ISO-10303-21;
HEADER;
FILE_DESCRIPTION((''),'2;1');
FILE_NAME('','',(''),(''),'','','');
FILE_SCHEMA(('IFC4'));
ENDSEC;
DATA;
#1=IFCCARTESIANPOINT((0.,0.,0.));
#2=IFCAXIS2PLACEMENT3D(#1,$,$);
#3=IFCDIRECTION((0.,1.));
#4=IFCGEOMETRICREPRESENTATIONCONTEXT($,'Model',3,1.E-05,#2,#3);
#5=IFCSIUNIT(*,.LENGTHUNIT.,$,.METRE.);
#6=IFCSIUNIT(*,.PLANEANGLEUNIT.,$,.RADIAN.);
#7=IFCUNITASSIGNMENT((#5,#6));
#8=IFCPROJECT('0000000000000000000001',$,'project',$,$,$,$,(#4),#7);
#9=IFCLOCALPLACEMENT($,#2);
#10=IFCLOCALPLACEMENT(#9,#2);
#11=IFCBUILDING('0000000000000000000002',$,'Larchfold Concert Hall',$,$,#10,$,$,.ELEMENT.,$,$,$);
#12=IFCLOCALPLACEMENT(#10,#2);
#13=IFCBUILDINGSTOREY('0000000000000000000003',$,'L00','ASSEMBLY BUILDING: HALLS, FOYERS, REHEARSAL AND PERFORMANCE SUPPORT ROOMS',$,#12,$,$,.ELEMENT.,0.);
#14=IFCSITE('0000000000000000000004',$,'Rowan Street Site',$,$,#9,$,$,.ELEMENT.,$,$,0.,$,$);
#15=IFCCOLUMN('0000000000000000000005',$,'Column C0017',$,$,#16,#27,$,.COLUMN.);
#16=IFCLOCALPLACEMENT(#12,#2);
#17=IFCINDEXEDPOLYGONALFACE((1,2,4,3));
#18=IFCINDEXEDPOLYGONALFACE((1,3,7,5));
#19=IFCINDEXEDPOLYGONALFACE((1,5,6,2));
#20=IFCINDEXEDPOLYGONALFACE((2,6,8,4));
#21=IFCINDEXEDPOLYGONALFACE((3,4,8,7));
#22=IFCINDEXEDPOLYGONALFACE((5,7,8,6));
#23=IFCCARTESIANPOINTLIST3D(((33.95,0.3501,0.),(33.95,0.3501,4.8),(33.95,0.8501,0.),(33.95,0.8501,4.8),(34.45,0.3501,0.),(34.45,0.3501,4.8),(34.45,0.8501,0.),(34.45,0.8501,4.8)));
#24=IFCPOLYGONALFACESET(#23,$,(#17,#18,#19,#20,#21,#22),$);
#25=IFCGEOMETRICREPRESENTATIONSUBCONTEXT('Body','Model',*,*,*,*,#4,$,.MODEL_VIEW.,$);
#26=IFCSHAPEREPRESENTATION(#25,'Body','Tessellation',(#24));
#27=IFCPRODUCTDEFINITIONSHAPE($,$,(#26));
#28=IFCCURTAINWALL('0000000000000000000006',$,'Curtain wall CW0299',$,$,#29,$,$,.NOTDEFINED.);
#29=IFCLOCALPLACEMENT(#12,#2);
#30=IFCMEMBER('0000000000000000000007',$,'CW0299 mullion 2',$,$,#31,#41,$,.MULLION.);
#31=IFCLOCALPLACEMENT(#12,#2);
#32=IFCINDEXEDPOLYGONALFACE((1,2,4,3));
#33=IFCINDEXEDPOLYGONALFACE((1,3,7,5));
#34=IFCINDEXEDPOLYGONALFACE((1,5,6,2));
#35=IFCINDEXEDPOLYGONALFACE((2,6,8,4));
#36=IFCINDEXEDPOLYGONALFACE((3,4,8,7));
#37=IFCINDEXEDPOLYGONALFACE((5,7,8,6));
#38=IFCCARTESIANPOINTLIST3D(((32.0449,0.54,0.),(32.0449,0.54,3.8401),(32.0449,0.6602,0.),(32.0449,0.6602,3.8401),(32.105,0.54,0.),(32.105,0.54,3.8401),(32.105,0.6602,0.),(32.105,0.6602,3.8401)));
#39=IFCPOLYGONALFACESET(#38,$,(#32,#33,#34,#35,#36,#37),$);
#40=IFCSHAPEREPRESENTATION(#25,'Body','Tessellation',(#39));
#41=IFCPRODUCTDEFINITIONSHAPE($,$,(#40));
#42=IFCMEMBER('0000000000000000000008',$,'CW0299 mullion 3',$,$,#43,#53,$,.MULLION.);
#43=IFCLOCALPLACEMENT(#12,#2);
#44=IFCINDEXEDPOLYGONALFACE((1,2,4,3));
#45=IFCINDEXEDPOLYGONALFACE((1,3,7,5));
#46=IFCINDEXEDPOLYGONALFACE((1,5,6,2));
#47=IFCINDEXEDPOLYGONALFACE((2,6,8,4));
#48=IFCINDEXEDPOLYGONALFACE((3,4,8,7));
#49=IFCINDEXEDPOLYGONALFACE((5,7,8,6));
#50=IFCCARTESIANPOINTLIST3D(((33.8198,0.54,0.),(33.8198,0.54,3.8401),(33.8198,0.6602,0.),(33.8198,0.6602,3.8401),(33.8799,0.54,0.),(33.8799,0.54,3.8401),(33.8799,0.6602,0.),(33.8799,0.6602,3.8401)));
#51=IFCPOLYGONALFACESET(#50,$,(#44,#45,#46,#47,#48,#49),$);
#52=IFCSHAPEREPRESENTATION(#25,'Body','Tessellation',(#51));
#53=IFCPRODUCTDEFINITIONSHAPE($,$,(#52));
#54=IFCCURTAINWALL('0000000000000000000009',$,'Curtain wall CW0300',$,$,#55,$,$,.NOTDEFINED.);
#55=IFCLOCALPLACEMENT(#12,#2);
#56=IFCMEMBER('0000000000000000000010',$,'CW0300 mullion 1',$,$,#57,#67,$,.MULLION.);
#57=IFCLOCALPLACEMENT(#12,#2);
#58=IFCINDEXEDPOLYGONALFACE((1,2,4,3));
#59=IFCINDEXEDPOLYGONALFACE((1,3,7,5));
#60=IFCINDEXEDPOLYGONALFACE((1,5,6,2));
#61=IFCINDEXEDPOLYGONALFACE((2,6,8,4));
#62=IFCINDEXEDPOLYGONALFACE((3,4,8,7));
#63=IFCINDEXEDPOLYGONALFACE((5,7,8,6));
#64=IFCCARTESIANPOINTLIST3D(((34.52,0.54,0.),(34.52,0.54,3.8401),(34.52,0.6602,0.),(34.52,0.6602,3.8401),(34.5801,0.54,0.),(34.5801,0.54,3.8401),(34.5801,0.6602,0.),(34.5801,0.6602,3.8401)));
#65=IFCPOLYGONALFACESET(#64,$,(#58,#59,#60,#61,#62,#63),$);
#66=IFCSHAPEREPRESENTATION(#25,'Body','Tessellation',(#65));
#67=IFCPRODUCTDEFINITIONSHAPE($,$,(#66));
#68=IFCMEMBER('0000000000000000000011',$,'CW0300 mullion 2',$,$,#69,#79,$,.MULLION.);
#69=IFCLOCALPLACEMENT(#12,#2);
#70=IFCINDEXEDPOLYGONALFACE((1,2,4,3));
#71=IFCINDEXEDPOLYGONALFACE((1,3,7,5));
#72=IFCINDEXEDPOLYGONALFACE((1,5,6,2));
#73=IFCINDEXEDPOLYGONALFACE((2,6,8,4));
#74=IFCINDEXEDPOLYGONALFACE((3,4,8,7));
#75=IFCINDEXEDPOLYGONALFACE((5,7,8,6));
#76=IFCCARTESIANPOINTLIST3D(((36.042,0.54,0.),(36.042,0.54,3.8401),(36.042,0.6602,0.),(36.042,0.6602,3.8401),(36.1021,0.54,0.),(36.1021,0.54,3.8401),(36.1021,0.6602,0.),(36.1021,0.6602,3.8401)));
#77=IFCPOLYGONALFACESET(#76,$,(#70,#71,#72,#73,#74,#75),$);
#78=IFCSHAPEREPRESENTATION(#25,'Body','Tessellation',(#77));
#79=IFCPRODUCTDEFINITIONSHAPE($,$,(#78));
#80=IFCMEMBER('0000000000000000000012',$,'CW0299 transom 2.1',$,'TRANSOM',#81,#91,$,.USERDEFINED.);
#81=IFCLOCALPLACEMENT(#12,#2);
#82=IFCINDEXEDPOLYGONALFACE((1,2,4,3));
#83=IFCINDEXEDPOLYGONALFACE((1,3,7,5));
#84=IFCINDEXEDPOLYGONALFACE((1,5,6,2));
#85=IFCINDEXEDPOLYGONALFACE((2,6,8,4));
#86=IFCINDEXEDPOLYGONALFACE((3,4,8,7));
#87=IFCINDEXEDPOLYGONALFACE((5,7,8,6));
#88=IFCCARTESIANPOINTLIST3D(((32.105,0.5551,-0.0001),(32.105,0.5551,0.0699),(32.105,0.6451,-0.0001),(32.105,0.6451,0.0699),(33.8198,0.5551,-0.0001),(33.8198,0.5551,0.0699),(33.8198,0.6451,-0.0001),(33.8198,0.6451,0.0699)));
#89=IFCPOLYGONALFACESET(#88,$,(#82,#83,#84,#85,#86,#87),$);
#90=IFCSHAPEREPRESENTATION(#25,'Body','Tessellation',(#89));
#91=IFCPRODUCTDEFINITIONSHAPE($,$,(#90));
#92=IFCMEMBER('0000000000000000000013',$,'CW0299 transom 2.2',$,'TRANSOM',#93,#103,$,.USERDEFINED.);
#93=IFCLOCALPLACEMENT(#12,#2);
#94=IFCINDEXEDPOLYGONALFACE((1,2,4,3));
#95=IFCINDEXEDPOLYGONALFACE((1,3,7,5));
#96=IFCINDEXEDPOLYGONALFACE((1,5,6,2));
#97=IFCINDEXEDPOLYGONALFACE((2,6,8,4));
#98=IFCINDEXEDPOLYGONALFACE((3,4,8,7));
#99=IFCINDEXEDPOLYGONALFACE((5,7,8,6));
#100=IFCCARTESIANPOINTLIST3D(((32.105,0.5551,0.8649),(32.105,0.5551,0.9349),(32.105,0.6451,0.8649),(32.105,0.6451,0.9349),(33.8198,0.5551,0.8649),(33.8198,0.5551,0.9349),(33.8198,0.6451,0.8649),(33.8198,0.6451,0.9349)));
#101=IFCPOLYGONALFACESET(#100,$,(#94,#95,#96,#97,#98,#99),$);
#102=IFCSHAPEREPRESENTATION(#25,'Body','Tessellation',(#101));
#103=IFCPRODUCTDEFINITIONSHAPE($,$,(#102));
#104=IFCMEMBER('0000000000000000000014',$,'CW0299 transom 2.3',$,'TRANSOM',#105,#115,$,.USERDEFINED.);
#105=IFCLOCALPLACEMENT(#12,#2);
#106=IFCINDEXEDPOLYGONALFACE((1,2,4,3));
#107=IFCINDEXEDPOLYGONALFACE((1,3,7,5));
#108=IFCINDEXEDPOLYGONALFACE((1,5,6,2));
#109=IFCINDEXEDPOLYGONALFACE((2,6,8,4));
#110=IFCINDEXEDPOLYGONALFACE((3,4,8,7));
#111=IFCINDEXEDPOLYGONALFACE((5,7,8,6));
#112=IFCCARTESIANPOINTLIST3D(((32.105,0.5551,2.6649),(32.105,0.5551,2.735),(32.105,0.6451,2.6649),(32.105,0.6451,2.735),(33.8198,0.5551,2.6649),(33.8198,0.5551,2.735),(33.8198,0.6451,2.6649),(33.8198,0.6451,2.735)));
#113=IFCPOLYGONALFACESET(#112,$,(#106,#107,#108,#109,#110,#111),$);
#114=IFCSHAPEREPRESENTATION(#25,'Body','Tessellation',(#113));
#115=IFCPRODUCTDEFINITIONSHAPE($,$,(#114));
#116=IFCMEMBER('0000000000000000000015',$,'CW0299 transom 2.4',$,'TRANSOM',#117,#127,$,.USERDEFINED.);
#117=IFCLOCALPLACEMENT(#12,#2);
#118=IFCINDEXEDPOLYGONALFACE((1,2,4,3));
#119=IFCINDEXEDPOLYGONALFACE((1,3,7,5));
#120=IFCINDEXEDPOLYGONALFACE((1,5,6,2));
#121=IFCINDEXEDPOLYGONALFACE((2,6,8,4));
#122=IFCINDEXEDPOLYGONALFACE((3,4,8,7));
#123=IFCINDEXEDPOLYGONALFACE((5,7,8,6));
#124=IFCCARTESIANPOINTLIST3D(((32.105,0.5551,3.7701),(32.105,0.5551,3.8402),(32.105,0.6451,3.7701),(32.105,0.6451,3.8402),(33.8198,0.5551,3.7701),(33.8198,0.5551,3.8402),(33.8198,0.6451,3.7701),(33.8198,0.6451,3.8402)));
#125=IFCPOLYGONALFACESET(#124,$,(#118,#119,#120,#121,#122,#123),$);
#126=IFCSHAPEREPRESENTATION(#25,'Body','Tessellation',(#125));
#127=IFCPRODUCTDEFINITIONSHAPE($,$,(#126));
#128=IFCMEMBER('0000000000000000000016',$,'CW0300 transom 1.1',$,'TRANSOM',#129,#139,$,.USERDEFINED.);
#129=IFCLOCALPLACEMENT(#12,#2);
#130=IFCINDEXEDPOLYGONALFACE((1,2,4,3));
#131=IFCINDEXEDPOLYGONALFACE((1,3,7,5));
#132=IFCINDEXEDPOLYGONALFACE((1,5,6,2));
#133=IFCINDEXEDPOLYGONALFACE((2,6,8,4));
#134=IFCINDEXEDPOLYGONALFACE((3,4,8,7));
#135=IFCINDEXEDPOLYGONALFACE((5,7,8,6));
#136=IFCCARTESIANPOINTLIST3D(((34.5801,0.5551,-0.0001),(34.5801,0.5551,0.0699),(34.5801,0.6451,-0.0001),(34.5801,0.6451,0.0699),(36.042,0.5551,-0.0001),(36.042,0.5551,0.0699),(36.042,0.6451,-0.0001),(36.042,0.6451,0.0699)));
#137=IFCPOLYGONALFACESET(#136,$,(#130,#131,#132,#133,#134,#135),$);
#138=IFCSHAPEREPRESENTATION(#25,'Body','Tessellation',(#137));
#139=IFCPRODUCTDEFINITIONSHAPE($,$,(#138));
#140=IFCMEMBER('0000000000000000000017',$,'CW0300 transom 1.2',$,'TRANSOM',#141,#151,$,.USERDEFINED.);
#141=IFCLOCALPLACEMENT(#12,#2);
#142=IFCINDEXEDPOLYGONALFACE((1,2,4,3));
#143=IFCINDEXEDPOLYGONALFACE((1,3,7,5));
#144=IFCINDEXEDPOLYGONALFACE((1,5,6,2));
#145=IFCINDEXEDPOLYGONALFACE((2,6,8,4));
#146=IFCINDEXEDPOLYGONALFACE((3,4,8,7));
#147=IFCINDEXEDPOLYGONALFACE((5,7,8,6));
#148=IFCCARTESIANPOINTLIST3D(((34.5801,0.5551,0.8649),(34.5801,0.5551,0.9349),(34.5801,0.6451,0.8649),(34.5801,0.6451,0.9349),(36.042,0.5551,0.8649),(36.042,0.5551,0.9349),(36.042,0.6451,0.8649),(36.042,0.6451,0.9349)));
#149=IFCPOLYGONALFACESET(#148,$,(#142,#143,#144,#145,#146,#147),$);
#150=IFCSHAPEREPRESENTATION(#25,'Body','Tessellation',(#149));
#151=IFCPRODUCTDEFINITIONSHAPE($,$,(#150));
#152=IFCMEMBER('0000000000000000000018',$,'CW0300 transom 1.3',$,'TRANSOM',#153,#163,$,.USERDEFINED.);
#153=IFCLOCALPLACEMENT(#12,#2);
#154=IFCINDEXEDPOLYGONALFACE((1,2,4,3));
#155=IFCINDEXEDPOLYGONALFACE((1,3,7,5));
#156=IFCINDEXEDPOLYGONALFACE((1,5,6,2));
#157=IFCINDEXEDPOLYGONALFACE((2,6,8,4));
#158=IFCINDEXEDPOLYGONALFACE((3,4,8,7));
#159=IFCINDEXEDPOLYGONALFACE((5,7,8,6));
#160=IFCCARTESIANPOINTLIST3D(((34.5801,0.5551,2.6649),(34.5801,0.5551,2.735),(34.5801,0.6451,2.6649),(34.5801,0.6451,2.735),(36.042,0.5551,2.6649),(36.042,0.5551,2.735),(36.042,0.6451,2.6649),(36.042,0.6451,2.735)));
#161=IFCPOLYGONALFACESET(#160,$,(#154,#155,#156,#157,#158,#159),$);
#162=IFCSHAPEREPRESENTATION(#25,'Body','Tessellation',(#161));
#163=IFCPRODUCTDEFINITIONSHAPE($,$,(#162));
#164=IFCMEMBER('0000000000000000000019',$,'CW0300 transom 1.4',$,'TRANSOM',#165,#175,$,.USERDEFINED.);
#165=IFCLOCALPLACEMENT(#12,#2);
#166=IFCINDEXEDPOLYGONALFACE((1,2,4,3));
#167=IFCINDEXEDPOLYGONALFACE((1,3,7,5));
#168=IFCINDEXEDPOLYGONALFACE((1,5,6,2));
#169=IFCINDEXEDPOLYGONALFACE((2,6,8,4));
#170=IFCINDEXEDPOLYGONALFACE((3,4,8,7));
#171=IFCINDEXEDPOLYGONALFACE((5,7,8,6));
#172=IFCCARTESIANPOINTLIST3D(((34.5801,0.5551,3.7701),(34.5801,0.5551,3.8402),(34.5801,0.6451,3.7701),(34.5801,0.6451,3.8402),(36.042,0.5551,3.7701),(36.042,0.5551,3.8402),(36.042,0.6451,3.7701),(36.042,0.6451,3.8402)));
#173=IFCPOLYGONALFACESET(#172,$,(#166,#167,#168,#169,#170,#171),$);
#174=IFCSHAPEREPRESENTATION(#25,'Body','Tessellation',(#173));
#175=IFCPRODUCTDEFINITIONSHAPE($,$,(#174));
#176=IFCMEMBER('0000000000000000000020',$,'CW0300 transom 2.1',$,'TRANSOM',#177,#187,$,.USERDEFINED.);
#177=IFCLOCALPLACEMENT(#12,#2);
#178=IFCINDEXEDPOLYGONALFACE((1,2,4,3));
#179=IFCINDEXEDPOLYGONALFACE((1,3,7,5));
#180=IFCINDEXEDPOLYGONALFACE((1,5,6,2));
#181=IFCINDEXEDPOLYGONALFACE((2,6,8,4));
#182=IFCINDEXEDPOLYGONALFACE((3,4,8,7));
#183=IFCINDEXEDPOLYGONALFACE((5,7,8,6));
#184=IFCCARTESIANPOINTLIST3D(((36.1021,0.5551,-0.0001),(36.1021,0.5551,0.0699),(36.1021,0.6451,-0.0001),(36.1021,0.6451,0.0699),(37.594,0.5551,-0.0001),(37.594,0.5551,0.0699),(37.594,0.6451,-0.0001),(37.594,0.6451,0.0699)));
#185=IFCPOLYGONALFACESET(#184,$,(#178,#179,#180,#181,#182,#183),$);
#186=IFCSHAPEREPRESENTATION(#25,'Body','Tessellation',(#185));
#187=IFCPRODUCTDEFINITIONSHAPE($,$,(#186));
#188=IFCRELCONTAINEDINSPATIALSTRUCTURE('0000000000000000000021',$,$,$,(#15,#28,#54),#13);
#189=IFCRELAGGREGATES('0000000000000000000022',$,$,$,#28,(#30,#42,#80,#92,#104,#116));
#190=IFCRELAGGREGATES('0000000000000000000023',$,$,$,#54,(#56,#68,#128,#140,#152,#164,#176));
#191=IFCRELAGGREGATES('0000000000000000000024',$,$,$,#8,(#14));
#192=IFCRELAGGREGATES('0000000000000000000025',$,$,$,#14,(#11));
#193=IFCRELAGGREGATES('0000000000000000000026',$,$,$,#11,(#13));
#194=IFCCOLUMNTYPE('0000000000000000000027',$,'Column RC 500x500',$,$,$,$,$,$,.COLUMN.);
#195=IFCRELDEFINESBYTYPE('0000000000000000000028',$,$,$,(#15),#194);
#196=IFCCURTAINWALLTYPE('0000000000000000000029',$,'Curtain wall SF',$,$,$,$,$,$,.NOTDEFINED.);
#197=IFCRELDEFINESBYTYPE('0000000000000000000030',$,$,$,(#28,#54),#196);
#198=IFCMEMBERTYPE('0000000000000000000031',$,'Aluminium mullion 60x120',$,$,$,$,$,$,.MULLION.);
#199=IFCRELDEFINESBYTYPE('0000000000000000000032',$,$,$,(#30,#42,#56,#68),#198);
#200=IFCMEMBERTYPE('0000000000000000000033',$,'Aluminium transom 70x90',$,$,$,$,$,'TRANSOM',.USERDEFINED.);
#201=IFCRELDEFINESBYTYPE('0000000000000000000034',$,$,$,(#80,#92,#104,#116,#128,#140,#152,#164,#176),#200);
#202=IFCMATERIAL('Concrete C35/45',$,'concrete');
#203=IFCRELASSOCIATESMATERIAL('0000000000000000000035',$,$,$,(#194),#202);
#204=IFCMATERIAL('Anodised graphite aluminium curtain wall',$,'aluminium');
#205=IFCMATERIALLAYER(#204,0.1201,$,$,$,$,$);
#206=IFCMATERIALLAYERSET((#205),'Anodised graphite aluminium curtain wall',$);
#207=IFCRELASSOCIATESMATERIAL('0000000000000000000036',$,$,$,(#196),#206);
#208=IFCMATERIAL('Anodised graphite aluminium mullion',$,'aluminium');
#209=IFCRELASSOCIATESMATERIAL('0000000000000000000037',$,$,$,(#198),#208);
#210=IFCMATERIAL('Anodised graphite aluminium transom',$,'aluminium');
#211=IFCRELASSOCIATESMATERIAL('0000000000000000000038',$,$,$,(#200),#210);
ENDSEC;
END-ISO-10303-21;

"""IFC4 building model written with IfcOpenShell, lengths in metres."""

from ifc_helpers import new_model, si_unit, direction, frame, origin, origin_2d, place, context, subcontext, project, spatial, rectangle, extrude, material, layer, layer_set, material_profile, profile_set, type_object, element, aggregate, save


model = new_model("IFC4")

# Units and contexts
model_context = context("Model", 3, precision=1e-05, world=origin(), true_north=direction((0.0, 1.0)))
body_context = subcontext(model_context, "Body", "Model", "MODEL_VIEW")
ifc_project = project(units=[si_unit("LENGTHUNIT", "METRE"), si_unit("PLANEANGLEUNIT", "RADIAN")], contexts=[model_context])

# Site, building, storey
site_placement = place(None, origin())
site = spatial("IfcSite", under=ifc_project, at=site_placement, Name="Rowan Street Site", CompositionType="ELEMENT", RefElevation=0.0)
building_placement = place(site_placement, origin())
building = spatial("IfcBuilding", under=site, at=building_placement, Name="Larchfold Concert Hall", CompositionType="ELEMENT")
storey_placement = place(building_placement, origin())
storey = spatial("IfcBuildingStorey", under=building, at=storey_placement, Name="L00", Description="ASSEMBLY BUILDING: HALLS, FOYERS, REHEARSAL AND PERFORMANCE SUPPORT ROOMS", CompositionType="ELEMENT", Elevation=0.0)

# Column
ifc_material_1 = material(Name="Concrete C35/45", Category="concrete")
ifc_material_profile_1 = material_profile(ifc_material_1, rectangle(XDim=0.5, YDim=0.5, at=origin_2d()))
ifc_profile_set_1 = profile_set([ifc_material_profile_1], Name="Concrete C35/45")
column_type = type_object("IfcColumnType", Name="Column RC 500x500", PredefinedType="COLUMN", material=ifc_profile_set_1)
column_placement = place(storey_placement, frame((34.2, 0.6001, 0.0), z_axis=(0.0, 0.0, 1.0), x_axis=(1.0, 0.0, 0.0)))
element("IfcColumn", 1, at=column_placement, inside=storey, type_object=column_type, Name="Column C0017", PredefinedType="COLUMN", context=body_context, shape_type="SweptSolid", body=[
    extrude(rectangle(XDim=0.5, YDim=0.5, at=origin_2d()), origin(), (0.0, 0.0, 1.0), 4.8),
])

# Curtain walls, members
ifc_material_2 = material(Name="Anodised graphite aluminium curtain wall", Category="aluminium")
ifc_layer_1 = layer(ifc_material_2, 0.1201)
ifc_layer_set_1 = layer_set([ifc_layer_1], Name="Anodised graphite aluminium curtain wall")
curtain_wall_type = type_object("IfcCurtainWallType", Name="Curtain wall SF", PredefinedType="NOTDEFINED", material=ifc_layer_set_1)
curtain_wall_1_placement = place(storey_placement, origin())
curtain_wall_1 = element("IfcCurtainWall", 2, at=curtain_wall_1_placement, inside=storey, type_object=curtain_wall_type, Name="Curtain wall CW0299", PredefinedType="NOTDEFINED")
ifc_material_3 = material(Name="Anodised graphite aluminium mullion", Category="aluminium")
ifc_material_profile_2 = material_profile(ifc_material_3, rectangle(XDim=0.1201, YDim=0.0601, at=origin_2d()))
ifc_profile_set_2 = profile_set([ifc_material_profile_2], Name="Anodised graphite aluminium mullion")
member_type_1 = type_object("IfcMemberType", Name="Aluminium mullion 60x120", PredefinedType="MULLION", material=ifc_profile_set_2)
member_1_placement = place(storey_placement, frame((32.075, 0.6001, 0.0), z_axis=(0.0, 0.0, 1.0), x_axis=(0.0, 1.0, 0.0)))
member_1 = element("IfcMember", 3, at=member_1_placement, type_object=member_type_1, Name="CW0299 mullion 2", PredefinedType="MULLION", context=body_context, shape_type="SweptSolid", body=[
    extrude(rectangle(XDim=0.1201, YDim=0.0601, at=origin_2d()), origin(), (0.0, 0.0, 1.0), 3.8401),
])
member_2_placement = place(storey_placement, frame((33.8499, 0.6001, 0.0), z_axis=(0.0, 0.0, 1.0), x_axis=(0.0, 1.0, 0.0)))
member_2 = element("IfcMember", 4, at=member_2_placement, type_object=member_type_1, Name="CW0299 mullion 3", PredefinedType="MULLION", context=body_context, shape_type="SweptSolid", body=[
    extrude(rectangle(XDim=0.1201, YDim=0.0601, at=origin_2d()), origin(), (0.0, 0.0, 1.0), 3.8401),
])
curtain_wall_2_placement = place(storey_placement, origin())
curtain_wall_2 = element("IfcCurtainWall", 5, at=curtain_wall_2_placement, inside=storey, type_object=curtain_wall_type, Name="Curtain wall CW0300", PredefinedType="NOTDEFINED")
member_3_placement = place(storey_placement, frame((34.55, 0.6001, 0.0), z_axis=(0.0, 0.0, 1.0), x_axis=(0.0, 1.0, 0.0)))
member_3 = element("IfcMember", 6, at=member_3_placement, type_object=member_type_1, Name="CW0300 mullion 1", PredefinedType="MULLION", context=body_context, shape_type="SweptSolid", body=[
    extrude(rectangle(XDim=0.1201, YDim=0.0601, at=origin_2d()), origin(), (0.0, 0.0, 1.0), 3.8401),
])
member_4_placement = place(storey_placement, frame((36.072, 0.6001, 0.0), z_axis=(0.0, 0.0, 1.0), x_axis=(0.0, 1.0, 0.0)))
member_4 = element("IfcMember", 7, at=member_4_placement, type_object=member_type_1, Name="CW0300 mullion 2", PredefinedType="MULLION", context=body_context, shape_type="SweptSolid", body=[
    extrude(rectangle(XDim=0.1201, YDim=0.0601, at=origin_2d()), origin(), (0.0, 0.0, 1.0), 3.8401),
])

# Members
ifc_material_4 = material(Name="Anodised graphite aluminium transom", Category="aluminium")
ifc_material_profile_3 = material_profile(ifc_material_4, rectangle(XDim=0.0901, YDim=0.0701, at=origin_2d()))
ifc_profile_set_3 = profile_set([ifc_material_profile_3], Name="Anodised graphite aluminium transom")
member_type_2 = type_object("IfcMemberType", Name="Aluminium transom 70x90", ElementType="TRANSOM", PredefinedType="USERDEFINED", material=ifc_profile_set_3)
member_5_placement = place(storey_placement, frame((32.105, 0.6001, 0.0349), z_axis=(1.0, 0.0, 0.0), x_axis=(0.0, 1.0, 0.0)))
member_5 = element("IfcMember", 8, at=member_5_placement, type_object=member_type_2, Name="CW0299 transom 2.1", ObjectType="TRANSOM", PredefinedType="USERDEFINED", context=body_context, shape_type="SweptSolid", body=[
    extrude(rectangle(XDim=0.0901, YDim=0.0701, at=origin_2d()), origin(), (0.0, 0.0, 1.0), 1.7148),
])
member_6_placement = place(storey_placement, frame((32.105, 0.6001, 0.8999), z_axis=(1.0, 0.0, 0.0), x_axis=(0.0, 1.0, 0.0)))
member_6 = element("IfcMember", 9, at=member_6_placement, type_object=member_type_2, Name="CW0299 transom 2.2", ObjectType="TRANSOM", PredefinedType="USERDEFINED", context=body_context, shape_type="SweptSolid", body=[
    extrude(rectangle(XDim=0.0901, YDim=0.0701, at=origin_2d()), origin(), (0.0, 0.0, 1.0), 1.7148),
])
member_7_placement = place(storey_placement, frame((32.105, 0.6001, 2.7), z_axis=(1.0, 0.0, 0.0), x_axis=(0.0, 1.0, 0.0)))
member_7 = element("IfcMember", 10, at=member_7_placement, type_object=member_type_2, Name="CW0299 transom 2.3", ObjectType="TRANSOM", PredefinedType="USERDEFINED", context=body_context, shape_type="SweptSolid", body=[
    extrude(rectangle(XDim=0.0901, YDim=0.0701, at=origin_2d()), origin(), (0.0, 0.0, 1.0), 1.7148),
])
member_8_placement = place(storey_placement, frame((32.105, 0.6001, 3.8052), z_axis=(1.0, 0.0, 0.0), x_axis=(0.0, 1.0, 0.0)))
member_8 = element("IfcMember", 11, at=member_8_placement, type_object=member_type_2, Name="CW0299 transom 2.4", ObjectType="TRANSOM", PredefinedType="USERDEFINED", context=body_context, shape_type="SweptSolid", body=[
    extrude(rectangle(XDim=0.0901, YDim=0.0701, at=origin_2d()), origin(), (0.0, 0.0, 1.0), 1.7148),
])
member_9_placement = place(storey_placement, frame((34.5801, 0.6001, 0.0349), z_axis=(1.0, 0.0, 0.0), x_axis=(0.0, 1.0, 0.0)))
member_9 = element("IfcMember", 12, at=member_9_placement, type_object=member_type_2, Name="CW0300 transom 1.1", ObjectType="TRANSOM", PredefinedType="USERDEFINED", context=body_context, shape_type="SweptSolid", body=[
    extrude(rectangle(XDim=0.0901, YDim=0.0701, at=origin_2d()), origin(), (0.0, 0.0, 1.0), 1.4619),
])
member_10_placement = place(storey_placement, frame((34.5801, 0.6001, 0.8999), z_axis=(1.0, 0.0, 0.0), x_axis=(0.0, 1.0, 0.0)))
member_10 = element("IfcMember", 13, at=member_10_placement, type_object=member_type_2, Name="CW0300 transom 1.2", ObjectType="TRANSOM", PredefinedType="USERDEFINED", context=body_context, shape_type="SweptSolid", body=[
    extrude(rectangle(XDim=0.0901, YDim=0.0701, at=origin_2d()), origin(), (0.0, 0.0, 1.0), 1.4619),
])
member_11_placement = place(storey_placement, frame((34.5801, 0.6001, 2.7), z_axis=(1.0, 0.0, 0.0), x_axis=(0.0, 1.0, 0.0)))
member_11 = element("IfcMember", 14, at=member_11_placement, type_object=member_type_2, Name="CW0300 transom 1.3", ObjectType="TRANSOM", PredefinedType="USERDEFINED", context=body_context, shape_type="SweptSolid", body=[
    extrude(rectangle(XDim=0.0901, YDim=0.0701, at=origin_2d()), origin(), (0.0, 0.0, 1.0), 1.4619),
])
member_12_placement = place(storey_placement, frame((34.5801, 0.6001, 3.8052), z_axis=(1.0, 0.0, 0.0), x_axis=(0.0, 1.0, 0.0)))
member_12 = element("IfcMember", 15, at=member_12_placement, type_object=member_type_2, Name="CW0300 transom 1.4", ObjectType="TRANSOM", PredefinedType="USERDEFINED", context=body_context, shape_type="SweptSolid", body=[
    extrude(rectangle(XDim=0.0901, YDim=0.0701, at=origin_2d()), origin(), (0.0, 0.0, 1.0), 1.4619),
])
member_13_placement = place(storey_placement, frame((36.1021, 0.6001, 0.0349), z_axis=(1.0, 0.0, 0.0), x_axis=(0.0, 1.0, 0.0)))
member_13 = element("IfcMember", 16, at=member_13_placement, type_object=member_type_2, Name="CW0300 transom 2.1", ObjectType="TRANSOM", PredefinedType="USERDEFINED", context=body_context, shape_type="SweptSolid", body=[
    extrude(rectangle(XDim=0.0901, YDim=0.0701, at=origin_2d()), origin(), (0.0, 0.0, 1.0), 1.4919),
])

aggregate(curtain_wall_1, [member_1, member_2, member_5, member_6, member_7, member_8])
aggregate(curtain_wall_2, [member_3, member_4, member_9, member_10, member_11, member_12, member_13])

save(model, "model.ifc")
